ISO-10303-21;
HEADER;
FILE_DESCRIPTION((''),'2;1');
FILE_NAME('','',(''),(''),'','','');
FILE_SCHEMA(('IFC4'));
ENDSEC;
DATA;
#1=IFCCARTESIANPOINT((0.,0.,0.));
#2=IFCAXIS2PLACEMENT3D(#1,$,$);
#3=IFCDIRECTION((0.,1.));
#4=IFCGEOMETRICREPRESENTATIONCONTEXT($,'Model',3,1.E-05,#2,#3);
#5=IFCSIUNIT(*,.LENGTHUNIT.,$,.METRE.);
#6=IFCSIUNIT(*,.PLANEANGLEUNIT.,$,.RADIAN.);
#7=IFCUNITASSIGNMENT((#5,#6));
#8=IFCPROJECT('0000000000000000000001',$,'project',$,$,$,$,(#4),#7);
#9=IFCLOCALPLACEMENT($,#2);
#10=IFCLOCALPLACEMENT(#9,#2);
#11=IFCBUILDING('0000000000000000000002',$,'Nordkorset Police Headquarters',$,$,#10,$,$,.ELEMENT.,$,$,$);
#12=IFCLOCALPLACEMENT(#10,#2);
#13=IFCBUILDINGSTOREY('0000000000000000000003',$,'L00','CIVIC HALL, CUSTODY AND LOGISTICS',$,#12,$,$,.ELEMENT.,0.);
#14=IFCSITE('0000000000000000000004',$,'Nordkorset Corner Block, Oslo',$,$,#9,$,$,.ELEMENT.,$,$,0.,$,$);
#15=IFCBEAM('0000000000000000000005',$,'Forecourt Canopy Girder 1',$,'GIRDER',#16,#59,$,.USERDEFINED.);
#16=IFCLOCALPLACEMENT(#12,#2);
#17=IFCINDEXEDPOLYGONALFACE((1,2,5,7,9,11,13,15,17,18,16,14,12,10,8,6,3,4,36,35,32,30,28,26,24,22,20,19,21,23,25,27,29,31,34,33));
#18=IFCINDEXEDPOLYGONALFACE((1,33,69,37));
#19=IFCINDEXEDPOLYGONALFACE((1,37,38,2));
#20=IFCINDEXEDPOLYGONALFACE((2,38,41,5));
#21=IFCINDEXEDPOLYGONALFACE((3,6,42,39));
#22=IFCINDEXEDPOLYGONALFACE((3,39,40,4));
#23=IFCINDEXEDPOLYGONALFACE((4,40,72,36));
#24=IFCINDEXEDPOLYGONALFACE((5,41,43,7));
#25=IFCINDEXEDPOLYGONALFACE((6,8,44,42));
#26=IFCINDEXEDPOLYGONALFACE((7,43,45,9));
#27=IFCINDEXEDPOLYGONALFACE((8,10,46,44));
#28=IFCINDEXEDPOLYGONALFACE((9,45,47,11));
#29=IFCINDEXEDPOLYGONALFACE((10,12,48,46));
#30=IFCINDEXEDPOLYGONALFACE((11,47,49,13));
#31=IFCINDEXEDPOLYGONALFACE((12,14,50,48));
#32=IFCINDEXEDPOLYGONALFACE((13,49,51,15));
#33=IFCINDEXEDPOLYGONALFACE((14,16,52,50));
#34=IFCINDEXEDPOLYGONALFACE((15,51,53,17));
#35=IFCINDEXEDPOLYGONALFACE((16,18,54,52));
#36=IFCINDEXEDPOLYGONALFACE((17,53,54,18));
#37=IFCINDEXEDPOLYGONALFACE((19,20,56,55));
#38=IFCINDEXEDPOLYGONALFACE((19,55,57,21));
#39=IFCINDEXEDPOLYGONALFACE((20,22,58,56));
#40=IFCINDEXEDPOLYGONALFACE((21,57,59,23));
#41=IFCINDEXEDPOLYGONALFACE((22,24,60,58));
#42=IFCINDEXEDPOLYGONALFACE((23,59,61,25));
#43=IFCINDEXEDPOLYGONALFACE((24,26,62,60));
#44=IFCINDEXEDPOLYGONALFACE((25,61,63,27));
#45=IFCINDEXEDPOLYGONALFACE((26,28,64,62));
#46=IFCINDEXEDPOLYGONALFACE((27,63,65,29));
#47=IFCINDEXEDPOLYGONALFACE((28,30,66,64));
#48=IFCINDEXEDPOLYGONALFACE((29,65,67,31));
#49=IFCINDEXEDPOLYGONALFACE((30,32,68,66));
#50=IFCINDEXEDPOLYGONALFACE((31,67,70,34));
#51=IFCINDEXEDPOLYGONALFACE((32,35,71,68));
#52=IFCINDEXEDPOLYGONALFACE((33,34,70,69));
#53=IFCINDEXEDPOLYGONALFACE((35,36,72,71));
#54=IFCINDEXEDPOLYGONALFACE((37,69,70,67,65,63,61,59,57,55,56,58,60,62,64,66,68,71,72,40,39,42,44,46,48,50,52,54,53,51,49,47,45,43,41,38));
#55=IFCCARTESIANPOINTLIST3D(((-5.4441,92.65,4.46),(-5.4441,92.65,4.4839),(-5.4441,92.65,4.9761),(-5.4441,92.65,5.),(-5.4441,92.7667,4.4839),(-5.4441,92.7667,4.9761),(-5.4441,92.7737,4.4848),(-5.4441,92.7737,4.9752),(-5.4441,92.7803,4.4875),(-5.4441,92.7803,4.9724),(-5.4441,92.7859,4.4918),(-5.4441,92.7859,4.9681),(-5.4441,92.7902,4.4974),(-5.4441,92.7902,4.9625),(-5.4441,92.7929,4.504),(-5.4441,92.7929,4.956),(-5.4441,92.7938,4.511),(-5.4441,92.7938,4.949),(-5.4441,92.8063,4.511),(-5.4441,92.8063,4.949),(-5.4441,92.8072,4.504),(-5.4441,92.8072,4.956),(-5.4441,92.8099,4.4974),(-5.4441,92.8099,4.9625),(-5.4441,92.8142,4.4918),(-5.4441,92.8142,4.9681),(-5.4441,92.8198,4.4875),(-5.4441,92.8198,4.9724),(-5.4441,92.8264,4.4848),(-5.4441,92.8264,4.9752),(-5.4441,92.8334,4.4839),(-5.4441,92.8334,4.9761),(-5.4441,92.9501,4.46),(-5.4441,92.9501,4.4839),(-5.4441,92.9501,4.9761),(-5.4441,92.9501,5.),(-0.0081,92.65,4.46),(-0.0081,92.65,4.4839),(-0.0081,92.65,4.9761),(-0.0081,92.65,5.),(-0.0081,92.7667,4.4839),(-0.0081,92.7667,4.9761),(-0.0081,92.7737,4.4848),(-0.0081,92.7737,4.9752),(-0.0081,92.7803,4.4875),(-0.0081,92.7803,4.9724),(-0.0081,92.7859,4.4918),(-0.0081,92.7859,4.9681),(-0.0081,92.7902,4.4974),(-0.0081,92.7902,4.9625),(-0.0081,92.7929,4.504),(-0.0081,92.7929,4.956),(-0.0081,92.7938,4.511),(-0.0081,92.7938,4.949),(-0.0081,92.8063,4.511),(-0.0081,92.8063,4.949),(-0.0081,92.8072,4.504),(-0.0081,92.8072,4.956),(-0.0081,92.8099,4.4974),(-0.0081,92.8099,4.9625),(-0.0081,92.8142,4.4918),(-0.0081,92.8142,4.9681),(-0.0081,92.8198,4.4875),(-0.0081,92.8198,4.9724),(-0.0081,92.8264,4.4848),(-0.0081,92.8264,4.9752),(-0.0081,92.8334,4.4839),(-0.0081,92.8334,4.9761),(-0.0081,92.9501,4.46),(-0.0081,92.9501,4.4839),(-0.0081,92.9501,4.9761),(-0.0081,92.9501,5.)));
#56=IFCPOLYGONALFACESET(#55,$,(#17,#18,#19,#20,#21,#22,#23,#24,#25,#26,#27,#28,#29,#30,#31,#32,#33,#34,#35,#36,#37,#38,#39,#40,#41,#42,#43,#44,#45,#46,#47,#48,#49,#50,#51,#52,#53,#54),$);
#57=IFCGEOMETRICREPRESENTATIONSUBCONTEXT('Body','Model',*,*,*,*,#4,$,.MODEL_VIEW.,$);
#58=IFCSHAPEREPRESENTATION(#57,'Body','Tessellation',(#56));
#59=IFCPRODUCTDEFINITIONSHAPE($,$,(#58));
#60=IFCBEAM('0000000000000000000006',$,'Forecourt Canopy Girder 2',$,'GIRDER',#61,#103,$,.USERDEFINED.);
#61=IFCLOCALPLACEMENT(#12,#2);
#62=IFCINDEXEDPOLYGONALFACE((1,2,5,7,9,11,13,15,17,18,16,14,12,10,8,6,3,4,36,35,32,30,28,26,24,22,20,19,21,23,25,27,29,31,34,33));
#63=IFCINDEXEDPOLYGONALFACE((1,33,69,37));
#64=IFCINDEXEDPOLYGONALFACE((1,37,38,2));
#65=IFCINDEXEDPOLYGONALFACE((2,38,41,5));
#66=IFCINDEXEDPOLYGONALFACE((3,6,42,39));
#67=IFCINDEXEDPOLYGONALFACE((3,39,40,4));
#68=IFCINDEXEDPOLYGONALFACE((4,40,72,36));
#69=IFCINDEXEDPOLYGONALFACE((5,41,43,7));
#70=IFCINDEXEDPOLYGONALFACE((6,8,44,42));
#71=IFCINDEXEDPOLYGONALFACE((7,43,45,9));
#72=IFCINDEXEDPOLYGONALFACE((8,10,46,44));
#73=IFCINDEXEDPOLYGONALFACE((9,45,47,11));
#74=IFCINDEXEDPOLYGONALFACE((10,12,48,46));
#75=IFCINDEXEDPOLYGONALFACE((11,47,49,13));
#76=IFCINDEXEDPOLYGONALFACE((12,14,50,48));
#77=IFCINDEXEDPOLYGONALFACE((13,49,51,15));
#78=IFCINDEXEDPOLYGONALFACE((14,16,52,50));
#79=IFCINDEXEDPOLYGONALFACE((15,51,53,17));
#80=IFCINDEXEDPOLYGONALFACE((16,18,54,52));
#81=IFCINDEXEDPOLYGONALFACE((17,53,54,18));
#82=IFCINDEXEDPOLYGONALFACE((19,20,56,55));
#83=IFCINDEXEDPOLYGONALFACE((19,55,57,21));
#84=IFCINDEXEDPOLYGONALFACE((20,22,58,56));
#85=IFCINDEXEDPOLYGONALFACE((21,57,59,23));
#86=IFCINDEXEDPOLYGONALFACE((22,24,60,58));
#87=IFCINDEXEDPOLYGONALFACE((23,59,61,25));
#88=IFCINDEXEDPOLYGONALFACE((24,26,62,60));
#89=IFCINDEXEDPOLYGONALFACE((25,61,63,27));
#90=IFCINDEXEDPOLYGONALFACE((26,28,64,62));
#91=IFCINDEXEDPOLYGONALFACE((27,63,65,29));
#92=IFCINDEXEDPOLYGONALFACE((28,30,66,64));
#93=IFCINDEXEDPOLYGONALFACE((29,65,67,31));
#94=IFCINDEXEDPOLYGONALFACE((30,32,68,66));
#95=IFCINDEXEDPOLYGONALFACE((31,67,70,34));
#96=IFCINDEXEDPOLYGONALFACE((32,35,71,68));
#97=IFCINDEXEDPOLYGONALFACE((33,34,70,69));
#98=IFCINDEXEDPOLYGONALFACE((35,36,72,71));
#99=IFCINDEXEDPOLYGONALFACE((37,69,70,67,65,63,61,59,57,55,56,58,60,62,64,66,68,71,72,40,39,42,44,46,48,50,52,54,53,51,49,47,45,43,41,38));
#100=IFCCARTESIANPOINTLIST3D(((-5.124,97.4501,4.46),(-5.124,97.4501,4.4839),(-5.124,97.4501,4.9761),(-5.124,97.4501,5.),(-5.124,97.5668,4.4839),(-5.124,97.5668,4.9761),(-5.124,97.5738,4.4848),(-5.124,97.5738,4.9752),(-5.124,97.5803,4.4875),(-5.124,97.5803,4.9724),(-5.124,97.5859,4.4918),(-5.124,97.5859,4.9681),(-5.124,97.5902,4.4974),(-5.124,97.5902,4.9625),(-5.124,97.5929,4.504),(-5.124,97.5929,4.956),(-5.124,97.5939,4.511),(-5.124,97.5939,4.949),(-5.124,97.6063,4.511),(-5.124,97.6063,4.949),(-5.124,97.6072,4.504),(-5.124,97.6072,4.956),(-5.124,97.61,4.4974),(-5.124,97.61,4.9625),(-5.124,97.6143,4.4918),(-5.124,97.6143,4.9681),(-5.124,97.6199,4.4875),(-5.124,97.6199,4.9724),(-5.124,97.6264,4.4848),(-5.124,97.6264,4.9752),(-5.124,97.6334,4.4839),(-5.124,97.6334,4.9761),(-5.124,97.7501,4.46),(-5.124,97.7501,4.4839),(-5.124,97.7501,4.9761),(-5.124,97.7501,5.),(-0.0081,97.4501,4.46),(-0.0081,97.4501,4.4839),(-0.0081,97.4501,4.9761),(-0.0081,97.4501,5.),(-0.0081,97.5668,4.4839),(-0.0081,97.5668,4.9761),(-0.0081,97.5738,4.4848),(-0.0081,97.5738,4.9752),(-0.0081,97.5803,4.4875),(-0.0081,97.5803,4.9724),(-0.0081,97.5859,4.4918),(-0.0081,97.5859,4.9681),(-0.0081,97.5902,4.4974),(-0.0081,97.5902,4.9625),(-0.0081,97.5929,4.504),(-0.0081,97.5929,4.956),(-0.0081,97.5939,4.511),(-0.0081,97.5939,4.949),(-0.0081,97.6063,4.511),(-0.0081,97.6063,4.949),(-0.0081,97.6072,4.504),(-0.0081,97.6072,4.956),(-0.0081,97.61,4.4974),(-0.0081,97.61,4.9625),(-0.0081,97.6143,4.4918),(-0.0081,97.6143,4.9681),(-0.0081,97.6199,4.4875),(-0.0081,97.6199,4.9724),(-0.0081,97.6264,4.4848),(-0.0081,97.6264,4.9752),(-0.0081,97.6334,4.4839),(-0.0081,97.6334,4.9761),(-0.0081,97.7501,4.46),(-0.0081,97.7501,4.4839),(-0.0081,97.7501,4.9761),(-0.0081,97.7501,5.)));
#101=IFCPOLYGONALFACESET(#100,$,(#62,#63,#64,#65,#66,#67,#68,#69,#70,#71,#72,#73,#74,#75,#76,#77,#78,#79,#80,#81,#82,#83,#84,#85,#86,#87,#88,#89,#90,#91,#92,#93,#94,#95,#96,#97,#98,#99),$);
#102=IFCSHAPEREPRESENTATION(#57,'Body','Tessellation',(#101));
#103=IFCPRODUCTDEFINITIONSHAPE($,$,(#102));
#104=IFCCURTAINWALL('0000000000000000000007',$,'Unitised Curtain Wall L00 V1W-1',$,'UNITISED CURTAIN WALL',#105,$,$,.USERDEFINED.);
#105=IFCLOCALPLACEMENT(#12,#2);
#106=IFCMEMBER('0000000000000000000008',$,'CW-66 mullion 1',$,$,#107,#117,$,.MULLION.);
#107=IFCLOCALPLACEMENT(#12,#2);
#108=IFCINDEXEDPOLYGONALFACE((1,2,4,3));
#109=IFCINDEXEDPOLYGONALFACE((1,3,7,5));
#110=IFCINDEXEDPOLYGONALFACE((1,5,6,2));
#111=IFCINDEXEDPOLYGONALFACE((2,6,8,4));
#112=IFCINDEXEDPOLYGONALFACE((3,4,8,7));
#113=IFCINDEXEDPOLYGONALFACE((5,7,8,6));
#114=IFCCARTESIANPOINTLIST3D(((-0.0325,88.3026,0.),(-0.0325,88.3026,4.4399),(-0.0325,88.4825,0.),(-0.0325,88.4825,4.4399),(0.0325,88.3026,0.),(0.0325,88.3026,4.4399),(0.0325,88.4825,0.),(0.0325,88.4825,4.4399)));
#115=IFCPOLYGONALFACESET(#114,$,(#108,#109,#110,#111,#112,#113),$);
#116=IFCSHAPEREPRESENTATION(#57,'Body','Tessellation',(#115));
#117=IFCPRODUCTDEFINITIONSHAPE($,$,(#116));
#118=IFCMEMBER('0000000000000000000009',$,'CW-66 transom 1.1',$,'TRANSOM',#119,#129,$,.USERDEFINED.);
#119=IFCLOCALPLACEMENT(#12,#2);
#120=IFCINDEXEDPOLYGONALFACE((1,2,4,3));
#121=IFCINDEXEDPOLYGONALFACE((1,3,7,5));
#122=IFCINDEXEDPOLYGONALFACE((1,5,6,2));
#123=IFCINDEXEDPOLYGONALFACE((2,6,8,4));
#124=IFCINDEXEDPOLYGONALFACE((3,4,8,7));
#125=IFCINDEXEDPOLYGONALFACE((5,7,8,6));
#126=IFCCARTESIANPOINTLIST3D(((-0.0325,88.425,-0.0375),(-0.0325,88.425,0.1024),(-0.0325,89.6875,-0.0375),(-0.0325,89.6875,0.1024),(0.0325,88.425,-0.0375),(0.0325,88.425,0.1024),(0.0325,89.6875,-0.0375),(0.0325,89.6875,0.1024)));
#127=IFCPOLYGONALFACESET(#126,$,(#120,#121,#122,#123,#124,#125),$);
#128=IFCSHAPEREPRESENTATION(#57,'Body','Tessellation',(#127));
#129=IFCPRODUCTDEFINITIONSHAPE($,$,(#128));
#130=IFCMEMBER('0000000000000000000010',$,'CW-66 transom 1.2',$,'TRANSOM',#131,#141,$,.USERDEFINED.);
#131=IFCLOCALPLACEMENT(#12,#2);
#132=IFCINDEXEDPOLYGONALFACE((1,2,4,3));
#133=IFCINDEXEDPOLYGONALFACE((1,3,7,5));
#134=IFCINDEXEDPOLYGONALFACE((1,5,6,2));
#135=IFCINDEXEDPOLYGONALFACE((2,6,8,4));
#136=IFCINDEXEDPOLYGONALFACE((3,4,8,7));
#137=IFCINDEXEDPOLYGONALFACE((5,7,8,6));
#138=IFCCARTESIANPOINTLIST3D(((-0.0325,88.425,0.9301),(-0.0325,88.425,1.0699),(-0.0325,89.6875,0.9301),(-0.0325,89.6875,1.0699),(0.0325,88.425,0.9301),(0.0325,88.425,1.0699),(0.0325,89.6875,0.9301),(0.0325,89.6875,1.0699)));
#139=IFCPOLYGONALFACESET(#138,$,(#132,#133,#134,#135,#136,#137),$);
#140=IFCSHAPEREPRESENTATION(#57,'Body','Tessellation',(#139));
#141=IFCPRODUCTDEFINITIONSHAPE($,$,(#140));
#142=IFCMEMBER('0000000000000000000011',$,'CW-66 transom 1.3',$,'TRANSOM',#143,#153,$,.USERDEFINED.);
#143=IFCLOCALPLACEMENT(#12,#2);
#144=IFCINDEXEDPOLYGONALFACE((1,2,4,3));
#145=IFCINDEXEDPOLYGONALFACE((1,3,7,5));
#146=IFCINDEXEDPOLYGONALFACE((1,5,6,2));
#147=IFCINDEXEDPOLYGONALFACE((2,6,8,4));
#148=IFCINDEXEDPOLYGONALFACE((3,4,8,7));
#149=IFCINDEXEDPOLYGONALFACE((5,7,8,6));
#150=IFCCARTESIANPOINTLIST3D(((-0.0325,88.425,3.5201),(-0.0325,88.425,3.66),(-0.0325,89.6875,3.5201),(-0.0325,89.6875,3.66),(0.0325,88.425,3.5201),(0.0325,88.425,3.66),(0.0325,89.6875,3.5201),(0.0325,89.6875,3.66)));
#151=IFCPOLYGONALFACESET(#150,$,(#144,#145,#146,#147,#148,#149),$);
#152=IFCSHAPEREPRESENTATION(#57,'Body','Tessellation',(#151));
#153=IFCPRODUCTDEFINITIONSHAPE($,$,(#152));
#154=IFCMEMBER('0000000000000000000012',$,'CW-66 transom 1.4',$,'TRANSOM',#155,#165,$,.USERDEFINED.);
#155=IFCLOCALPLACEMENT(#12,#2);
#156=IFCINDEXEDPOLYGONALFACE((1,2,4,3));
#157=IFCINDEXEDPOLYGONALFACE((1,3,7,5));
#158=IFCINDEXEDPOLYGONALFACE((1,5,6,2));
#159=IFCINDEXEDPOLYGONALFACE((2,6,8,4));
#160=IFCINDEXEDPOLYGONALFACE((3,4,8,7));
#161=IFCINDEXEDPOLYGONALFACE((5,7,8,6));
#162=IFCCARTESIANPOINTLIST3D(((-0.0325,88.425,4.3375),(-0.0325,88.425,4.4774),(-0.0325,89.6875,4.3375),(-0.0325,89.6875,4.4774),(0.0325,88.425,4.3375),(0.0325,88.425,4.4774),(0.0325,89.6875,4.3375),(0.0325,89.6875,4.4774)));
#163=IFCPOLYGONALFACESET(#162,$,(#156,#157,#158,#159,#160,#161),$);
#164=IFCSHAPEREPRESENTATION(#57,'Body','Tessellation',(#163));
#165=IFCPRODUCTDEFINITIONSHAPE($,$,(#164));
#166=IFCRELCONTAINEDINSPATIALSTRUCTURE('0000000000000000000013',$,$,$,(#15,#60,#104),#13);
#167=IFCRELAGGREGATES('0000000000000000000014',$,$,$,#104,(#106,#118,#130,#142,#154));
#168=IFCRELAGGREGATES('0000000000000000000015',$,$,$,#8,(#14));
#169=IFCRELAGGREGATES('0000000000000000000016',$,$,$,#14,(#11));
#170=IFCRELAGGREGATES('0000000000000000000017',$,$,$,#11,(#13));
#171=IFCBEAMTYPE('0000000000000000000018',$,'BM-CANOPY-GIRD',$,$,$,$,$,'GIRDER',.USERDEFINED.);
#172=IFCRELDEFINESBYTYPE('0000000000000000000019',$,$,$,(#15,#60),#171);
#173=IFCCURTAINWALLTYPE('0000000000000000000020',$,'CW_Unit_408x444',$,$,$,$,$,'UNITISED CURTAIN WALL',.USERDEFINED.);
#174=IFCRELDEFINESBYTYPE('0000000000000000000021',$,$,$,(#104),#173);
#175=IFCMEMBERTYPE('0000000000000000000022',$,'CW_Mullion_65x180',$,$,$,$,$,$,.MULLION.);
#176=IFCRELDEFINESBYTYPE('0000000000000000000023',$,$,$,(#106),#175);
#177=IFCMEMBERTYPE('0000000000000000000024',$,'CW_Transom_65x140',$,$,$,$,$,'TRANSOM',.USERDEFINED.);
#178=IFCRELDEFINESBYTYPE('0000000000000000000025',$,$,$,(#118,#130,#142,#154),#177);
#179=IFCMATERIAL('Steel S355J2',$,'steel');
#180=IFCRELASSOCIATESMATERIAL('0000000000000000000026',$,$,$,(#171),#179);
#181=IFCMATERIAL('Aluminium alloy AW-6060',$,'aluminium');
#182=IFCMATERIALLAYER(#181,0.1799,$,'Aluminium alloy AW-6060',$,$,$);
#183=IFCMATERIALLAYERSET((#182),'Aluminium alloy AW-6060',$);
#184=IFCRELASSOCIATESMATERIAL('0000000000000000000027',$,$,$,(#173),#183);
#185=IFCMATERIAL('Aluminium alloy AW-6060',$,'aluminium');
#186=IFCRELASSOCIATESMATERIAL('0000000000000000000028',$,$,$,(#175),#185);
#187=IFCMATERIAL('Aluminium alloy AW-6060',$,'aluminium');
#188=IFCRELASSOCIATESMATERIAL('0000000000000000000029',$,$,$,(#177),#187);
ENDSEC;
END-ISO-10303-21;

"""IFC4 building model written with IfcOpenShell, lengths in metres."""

from ifc_helpers import new_model, si_unit, direction, frame, origin, origin_2d, place, context, subcontext, project, spatial, rectangle, i_section, extrude, material, layer, layer_set, material_profile, profile_set, type_object, element, aggregate, save


model = new_model("IFC4")

# Units and contexts
model_context = context("Model", 3, precision=1e-05, world=origin(), true_north=direction((0.0, 1.0)))
body_context = subcontext(model_context, "Body", "Model", "MODEL_VIEW")
ifc_project = project(units=[si_unit("LENGTHUNIT", "METRE"), si_unit("PLANEANGLEUNIT", "RADIAN")], contexts=[model_context])

# Site, building, storey
site_placement = place(None, origin())
site = spatial("IfcSite", under=ifc_project, at=site_placement, Name="Nordkorset Corner Block, Oslo", CompositionType="ELEMENT", RefElevation=0.0)
building_placement = place(site_placement, origin())
building = spatial("IfcBuilding", under=site, at=building_placement, Name="Nordkorset Police Headquarters", CompositionType="ELEMENT")
storey_placement = place(building_placement, origin())
storey = spatial("IfcBuildingStorey", under=building, at=storey_placement, Name="L00", Description="CIVIC HALL, CUSTODY AND LOGISTICS", CompositionType="ELEMENT", Elevation=0.0)

# Beams
ifc_material_1 = material(Name="Steel S355J2", Category="steel")
ifc_material_profile_1 = material_profile(ifc_material_1, i_section(OverallWidth=0.3, OverallDepth=0.54, WebThickness=0.0125, FlangeThickness=0.0239, FilletRadius=0.0271, at=origin_2d()), Name="HEA 550")
ifc_profile_set_1 = profile_set([ifc_material_profile_1], Name="Steel S355J2")
beam_type_1 = type_object("IfcBeamType", Name="BM-CANOPY-GIRD", ElementType="GIRDER", PredefinedType="USERDEFINED", material=ifc_profile_set_1)
beam_1_placement = place(storey_placement, frame((-5.4441, 92.8, 4.73), z_axis=(1.0, 0.0, 0.0), x_axis=(0.0, 1.0, 0.0)))
element("IfcBeam", 1, at=beam_1_placement, inside=storey, type_object=beam_type_1, Name="Forecourt Canopy Girder 1", ObjectType="GIRDER", PredefinedType="USERDEFINED", context=body_context, shape_type="SweptSolid", body=[
    extrude(i_section(OverallWidth=0.3, OverallDepth=0.54, WebThickness=0.0125, FlangeThickness=0.0239, FilletRadius=0.0271, at=origin_2d()), origin(), (0.0, 0.0, 1.0), 5.436),
])
beam_2_placement = place(storey_placement, frame((-5.124, 97.6001, 4.73), z_axis=(1.0, 0.0, 0.0), x_axis=(0.0, 1.0, 0.0)))
element("IfcBeam", 2, at=beam_2_placement, inside=storey, type_object=beam_type_1, Name="Forecourt Canopy Girder 2", ObjectType="GIRDER", PredefinedType="USERDEFINED", context=body_context, shape_type="SweptSolid", body=[
    extrude(i_section(OverallWidth=0.3, OverallDepth=0.54, WebThickness=0.0125, FlangeThickness=0.0239, FilletRadius=0.0271, at=origin_2d()), origin(), (0.0, 0.0, 1.0), 5.116),
])

# Curtain wall, members
ifc_material_2 = material(Name="Aluminium alloy AW-6060", Category="aluminium")
ifc_layer_1 = layer(ifc_material_2, 0.1799, Name="Aluminium alloy AW-6060")
ifc_layer_set_1 = layer_set([ifc_layer_1], Name="Aluminium alloy AW-6060")
curtain_wall_type = type_object("IfcCurtainWallType", Name="CW_Unit_408x444", ElementType="UNITISED CURTAIN WALL", PredefinedType="USERDEFINED", material=ifc_layer_set_1)
curtain_wall_placement = place(storey_placement, origin())
curtain_wall = element("IfcCurtainWall", 3, at=curtain_wall_placement, inside=storey, type_object=curtain_wall_type, Name="Unitised Curtain Wall L00 V1W-1", ObjectType="UNITISED CURTAIN WALL", PredefinedType="USERDEFINED")
ifc_material_3 = material(Name="Aluminium alloy AW-6060", Category="aluminium")
ifc_material_profile_2 = material_profile(ifc_material_3, rectangle(XDim=0.0649, YDim=0.1799, at=origin_2d()), Name="ALU MULL 65x180")
ifc_profile_set_2 = profile_set([ifc_material_profile_2], Name="Aluminium alloy AW-6060")
member_type_1 = type_object("IfcMemberType", Name="CW_Mullion_65x180", PredefinedType="MULLION", material=ifc_profile_set_2)
member_1_placement = place(storey_placement, frame((0.0, 88.3926, 0.0), z_axis=(0.0, 0.0, 1.0), x_axis=(-1.0, 0.0, 0.0)))
member_1 = element("IfcMember", 4, at=member_1_placement, type_object=member_type_1, Name="CW-66 mullion 1", PredefinedType="MULLION", context=body_context, shape_type="SweptSolid", body=[
    extrude(rectangle(XDim=0.0649, YDim=0.1799, at=origin_2d()), origin(), (0.0, 0.0, 1.0), 4.4399),
])
ifc_material_4 = material(Name="Aluminium alloy AW-6060", Category="aluminium")
ifc_material_profile_3 = material_profile(ifc_material_4, rectangle(XDim=0.0649, YDim=0.1399, at=origin_2d()), Name="ALU TRAN 65x140")
ifc_profile_set_3 = profile_set([ifc_material_profile_3], Name="Aluminium alloy AW-6060")
member_type_2 = type_object("IfcMemberType", Name="CW_Transom_65x140", ElementType="TRANSOM", PredefinedType="USERDEFINED", material=ifc_profile_set_3)
member_2_placement = place(storey_placement, frame((0.0, 88.425, 0.0325), z_axis=(0.0, 1.0, 0.0), x_axis=(-1.0, 0.0, 0.0)))
member_2 = element("IfcMember", 5, at=member_2_placement, type_object=member_type_2, Name="CW-66 transom 1.1", ObjectType="TRANSOM", PredefinedType="USERDEFINED", context=body_context, shape_type="SweptSolid", body=[
    extrude(rectangle(XDim=0.0649, YDim=0.1399, at=origin_2d()), origin(), (0.0, 0.0, 1.0), 1.2625),
])
member_3_placement = place(storey_placement, frame((0.0, 88.425, 1.0), z_axis=(0.0, 1.0, 0.0), x_axis=(-1.0, 0.0, 0.0)))
member_3 = element("IfcMember", 6, at=member_3_placement, type_object=member_type_2, Name="CW-66 transom 1.2", ObjectType="TRANSOM", PredefinedType="USERDEFINED", context=body_context, shape_type="SweptSolid", body=[
    extrude(rectangle(XDim=0.0649, YDim=0.1399, at=origin_2d()), origin(), (0.0, 0.0, 1.0), 1.2625),
])
member_4_placement = place(storey_placement, frame((0.0, 88.425, 3.5901), z_axis=(0.0, 1.0, 0.0), x_axis=(-1.0, 0.0, 0.0)))
member_4 = element("IfcMember", 7, at=member_4_placement, type_object=member_type_2, Name="CW-66 transom 1.3", ObjectType="TRANSOM", PredefinedType="USERDEFINED", context=body_context, shape_type="SweptSolid", body=[
    extrude(rectangle(XDim=0.0649, YDim=0.1399, at=origin_2d()), origin(), (0.0, 0.0, 1.0), 1.2625),
])
member_5_placement = place(storey_placement, frame((0.0, 88.425, 4.4075), z_axis=(0.0, 1.0, 0.0), x_axis=(-1.0, 0.0, 0.0)))
member_5 = element("IfcMember", 8, at=member_5_placement, type_object=member_type_2, Name="CW-66 transom 1.4", ObjectType="TRANSOM", PredefinedType="USERDEFINED", context=body_context, shape_type="SweptSolid", body=[
    extrude(rectangle(XDim=0.0649, YDim=0.1399, at=origin_2d()), origin(), (0.0, 0.0, 1.0), 1.2625),
])

aggregate(curtain_wall, [member_1, member_2, member_3, member_4, member_5])

save(model, "model.ifc")
